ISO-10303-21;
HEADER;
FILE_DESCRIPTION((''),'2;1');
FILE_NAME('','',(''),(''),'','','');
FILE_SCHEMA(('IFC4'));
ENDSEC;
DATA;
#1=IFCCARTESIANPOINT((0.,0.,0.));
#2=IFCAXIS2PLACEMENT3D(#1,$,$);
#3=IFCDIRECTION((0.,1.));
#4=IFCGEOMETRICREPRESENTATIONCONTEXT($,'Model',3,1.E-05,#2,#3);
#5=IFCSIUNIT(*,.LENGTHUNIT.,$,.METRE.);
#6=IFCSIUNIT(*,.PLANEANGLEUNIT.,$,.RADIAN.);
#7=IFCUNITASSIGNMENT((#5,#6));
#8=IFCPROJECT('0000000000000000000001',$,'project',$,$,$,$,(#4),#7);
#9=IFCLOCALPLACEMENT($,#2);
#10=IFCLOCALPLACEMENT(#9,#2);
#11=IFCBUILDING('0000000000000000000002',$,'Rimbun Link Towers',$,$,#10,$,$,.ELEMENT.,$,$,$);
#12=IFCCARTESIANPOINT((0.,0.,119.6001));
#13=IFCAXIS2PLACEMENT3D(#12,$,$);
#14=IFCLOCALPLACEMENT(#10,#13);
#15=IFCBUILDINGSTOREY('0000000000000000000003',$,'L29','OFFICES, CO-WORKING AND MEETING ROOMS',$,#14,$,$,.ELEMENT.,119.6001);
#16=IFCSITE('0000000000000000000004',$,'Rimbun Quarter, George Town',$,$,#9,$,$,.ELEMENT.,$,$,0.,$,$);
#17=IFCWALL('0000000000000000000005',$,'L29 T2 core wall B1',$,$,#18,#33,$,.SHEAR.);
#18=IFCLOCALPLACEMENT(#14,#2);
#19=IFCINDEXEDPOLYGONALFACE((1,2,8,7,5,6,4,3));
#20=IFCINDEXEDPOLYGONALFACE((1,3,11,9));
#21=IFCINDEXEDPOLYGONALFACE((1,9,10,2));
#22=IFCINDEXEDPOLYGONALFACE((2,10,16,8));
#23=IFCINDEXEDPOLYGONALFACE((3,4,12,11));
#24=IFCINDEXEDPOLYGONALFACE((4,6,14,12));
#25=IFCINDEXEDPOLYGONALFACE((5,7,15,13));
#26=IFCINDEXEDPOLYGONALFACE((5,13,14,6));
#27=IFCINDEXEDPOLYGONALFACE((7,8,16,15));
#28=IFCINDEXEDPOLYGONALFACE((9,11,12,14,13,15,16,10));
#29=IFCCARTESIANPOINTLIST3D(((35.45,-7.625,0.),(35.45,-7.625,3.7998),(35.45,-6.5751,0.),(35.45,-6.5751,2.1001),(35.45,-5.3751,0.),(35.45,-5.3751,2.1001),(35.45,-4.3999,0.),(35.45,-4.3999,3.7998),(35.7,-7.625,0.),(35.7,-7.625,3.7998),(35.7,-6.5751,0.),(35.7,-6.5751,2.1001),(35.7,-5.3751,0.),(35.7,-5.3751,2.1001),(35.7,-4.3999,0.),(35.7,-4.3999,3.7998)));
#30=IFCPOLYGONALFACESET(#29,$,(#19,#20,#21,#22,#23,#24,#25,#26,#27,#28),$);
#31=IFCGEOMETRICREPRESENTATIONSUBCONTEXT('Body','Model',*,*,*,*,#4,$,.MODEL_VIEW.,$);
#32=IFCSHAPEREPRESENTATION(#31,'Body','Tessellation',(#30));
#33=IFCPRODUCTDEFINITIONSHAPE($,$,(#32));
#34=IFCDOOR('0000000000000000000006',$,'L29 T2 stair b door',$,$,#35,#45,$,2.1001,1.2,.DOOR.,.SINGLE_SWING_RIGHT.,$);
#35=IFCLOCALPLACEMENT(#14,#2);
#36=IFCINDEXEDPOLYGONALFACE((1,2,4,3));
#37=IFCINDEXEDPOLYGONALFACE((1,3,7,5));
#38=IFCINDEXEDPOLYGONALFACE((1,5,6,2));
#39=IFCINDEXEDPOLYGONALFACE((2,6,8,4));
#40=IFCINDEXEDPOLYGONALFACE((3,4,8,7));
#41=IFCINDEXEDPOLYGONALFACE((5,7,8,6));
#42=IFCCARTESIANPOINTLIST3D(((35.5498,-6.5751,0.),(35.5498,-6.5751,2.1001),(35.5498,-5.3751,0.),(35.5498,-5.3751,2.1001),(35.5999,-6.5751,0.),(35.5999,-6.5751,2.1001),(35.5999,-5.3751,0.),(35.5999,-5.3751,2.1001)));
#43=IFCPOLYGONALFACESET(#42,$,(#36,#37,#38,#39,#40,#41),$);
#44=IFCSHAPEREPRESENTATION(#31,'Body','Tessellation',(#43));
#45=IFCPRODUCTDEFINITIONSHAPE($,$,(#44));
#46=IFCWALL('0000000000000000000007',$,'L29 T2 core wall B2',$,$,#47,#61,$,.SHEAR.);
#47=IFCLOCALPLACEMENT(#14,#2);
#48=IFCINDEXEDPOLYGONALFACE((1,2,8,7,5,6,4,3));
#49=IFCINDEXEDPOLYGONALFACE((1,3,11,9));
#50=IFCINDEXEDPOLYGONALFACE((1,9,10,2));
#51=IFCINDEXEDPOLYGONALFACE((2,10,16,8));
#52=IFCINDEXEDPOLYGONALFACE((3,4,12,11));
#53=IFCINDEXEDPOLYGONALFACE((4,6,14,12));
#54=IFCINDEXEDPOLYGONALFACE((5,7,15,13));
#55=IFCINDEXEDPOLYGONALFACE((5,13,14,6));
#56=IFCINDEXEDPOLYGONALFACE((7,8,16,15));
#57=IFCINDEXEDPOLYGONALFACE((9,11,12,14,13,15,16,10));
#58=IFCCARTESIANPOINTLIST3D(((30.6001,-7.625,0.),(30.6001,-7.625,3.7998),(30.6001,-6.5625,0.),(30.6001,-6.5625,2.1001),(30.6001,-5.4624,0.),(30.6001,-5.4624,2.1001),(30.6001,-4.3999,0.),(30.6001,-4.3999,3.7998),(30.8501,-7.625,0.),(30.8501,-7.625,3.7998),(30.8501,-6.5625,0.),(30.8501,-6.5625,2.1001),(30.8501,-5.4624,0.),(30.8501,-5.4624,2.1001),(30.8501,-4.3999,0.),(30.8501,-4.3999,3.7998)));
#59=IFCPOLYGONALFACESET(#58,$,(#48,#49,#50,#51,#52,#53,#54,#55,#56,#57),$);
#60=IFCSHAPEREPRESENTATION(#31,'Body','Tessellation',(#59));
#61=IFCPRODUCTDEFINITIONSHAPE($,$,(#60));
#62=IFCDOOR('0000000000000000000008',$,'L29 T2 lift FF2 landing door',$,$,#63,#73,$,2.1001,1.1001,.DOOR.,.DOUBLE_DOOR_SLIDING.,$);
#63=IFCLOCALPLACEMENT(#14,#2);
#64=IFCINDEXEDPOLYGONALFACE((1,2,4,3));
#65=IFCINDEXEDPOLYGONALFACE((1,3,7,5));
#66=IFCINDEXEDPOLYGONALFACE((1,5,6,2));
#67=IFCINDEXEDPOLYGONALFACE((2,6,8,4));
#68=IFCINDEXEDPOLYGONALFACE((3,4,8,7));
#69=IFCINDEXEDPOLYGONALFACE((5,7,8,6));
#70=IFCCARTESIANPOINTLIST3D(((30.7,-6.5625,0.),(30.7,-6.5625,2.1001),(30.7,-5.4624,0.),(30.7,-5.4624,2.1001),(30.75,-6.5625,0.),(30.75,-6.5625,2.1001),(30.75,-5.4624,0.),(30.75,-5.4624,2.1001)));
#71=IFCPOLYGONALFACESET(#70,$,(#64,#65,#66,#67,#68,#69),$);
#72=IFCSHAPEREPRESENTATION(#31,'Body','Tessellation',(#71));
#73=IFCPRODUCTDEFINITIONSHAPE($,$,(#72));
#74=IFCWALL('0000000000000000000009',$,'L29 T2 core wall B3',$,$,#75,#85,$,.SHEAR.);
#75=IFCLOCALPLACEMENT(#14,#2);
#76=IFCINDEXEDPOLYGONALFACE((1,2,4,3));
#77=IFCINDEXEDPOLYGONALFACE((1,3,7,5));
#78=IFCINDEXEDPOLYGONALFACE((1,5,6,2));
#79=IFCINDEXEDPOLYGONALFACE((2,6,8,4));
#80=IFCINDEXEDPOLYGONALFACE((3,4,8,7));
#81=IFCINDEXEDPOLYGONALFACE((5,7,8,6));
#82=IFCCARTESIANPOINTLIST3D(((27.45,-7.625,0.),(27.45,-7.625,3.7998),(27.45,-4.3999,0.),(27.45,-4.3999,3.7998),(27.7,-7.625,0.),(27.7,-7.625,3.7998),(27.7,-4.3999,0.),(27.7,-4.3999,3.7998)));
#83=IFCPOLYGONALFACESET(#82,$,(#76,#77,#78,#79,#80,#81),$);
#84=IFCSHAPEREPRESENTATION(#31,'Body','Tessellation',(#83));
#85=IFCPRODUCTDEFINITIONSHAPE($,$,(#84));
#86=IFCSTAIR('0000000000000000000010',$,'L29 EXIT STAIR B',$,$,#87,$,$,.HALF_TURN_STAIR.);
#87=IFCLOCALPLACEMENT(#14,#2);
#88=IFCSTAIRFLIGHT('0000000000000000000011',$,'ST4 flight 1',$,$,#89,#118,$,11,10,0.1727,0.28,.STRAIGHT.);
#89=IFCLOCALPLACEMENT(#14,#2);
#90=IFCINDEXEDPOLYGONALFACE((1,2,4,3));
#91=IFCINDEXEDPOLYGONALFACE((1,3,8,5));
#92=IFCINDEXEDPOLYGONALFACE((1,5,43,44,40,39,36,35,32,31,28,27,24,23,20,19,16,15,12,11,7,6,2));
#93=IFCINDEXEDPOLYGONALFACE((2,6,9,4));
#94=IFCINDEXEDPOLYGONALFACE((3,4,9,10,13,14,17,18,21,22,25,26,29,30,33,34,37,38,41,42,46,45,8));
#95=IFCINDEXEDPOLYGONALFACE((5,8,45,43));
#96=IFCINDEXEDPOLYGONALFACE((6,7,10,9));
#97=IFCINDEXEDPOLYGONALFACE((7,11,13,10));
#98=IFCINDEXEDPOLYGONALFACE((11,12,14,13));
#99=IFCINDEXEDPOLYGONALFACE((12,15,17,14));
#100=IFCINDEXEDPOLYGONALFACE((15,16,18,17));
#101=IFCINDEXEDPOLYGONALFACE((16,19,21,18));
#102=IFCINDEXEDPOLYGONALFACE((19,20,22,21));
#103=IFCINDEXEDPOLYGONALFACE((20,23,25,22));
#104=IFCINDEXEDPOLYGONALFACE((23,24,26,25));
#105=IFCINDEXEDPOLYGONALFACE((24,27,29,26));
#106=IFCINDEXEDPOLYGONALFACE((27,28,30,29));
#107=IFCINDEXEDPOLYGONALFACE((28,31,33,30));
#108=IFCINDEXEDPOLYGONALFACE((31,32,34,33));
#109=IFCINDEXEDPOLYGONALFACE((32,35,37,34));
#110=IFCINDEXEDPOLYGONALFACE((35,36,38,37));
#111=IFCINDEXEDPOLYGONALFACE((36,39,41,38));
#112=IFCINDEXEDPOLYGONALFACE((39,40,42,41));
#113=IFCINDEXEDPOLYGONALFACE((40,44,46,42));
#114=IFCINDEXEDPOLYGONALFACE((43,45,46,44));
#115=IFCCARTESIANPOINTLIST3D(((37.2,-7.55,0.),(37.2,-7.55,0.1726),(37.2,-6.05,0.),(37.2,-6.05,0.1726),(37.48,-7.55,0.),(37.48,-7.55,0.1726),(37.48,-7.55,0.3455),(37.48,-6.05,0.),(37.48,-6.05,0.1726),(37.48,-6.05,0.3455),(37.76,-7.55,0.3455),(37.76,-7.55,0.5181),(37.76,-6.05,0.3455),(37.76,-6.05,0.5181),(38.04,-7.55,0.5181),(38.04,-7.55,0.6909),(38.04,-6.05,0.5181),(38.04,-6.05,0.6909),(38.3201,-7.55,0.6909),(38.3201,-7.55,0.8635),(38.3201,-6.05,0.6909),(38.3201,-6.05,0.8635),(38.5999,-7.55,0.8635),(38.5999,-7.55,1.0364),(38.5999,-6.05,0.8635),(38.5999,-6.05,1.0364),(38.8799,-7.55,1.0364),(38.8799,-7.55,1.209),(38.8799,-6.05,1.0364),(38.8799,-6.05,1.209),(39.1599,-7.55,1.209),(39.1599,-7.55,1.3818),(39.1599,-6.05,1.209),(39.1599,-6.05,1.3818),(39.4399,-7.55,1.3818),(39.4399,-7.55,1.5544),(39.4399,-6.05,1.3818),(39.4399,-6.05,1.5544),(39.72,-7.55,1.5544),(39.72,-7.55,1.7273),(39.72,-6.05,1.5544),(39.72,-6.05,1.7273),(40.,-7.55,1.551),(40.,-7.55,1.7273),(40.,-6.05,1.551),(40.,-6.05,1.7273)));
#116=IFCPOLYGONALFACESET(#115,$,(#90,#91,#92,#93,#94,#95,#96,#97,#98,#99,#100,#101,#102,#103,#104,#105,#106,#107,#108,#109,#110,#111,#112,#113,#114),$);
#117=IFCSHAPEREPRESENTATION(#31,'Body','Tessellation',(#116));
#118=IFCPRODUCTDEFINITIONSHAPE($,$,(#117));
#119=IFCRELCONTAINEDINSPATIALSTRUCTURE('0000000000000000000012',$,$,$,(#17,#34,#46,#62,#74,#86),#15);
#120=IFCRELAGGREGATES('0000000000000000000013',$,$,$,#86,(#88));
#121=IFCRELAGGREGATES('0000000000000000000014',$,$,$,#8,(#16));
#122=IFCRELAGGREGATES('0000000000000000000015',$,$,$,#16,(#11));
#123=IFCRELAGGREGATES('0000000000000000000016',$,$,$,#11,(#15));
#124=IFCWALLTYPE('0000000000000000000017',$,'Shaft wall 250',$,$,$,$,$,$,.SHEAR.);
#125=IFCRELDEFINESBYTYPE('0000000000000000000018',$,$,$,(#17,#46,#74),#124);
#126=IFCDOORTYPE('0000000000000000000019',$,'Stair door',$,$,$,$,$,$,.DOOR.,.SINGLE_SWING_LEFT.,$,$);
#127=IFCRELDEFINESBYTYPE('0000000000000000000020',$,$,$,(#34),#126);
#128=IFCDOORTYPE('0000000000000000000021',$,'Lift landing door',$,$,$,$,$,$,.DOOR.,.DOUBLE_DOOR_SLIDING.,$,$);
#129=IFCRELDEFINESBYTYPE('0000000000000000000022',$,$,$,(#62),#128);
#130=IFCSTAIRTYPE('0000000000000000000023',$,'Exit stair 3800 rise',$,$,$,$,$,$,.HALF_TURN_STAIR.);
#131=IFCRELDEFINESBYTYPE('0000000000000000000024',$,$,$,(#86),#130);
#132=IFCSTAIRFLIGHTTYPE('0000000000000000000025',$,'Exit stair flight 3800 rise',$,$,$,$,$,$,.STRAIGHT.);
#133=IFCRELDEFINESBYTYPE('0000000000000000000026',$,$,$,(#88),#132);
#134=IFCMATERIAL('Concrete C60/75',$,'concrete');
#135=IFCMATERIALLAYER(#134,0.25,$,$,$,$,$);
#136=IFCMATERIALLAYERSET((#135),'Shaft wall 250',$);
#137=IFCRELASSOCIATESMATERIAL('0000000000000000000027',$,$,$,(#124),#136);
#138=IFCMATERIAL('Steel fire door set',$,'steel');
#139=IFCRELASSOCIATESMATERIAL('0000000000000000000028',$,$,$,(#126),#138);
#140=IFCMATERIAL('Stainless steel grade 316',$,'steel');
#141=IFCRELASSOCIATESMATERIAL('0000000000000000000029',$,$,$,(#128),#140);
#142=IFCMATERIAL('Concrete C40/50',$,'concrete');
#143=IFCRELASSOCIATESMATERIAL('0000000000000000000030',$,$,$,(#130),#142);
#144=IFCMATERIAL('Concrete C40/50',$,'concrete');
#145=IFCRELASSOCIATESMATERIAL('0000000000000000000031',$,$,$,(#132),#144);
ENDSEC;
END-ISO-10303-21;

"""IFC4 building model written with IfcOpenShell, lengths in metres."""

from ifc_helpers import new_model, si_unit, direction, frame, frame_2d, origin, place, context, subcontext, project, spatial, polyline, rectangle, outline, extrude, material, layer, layer_set, type_object, element, fill, aggregate, save


model = new_model("IFC4")

# Units and contexts
model_context = context("Model", 3, precision=1e-05, world=origin(), true_north=direction((0.0, 1.0)))
body_context = subcontext(model_context, "Body", "Model", "MODEL_VIEW")
ifc_project = project(units=[si_unit("LENGTHUNIT", "METRE"), si_unit("PLANEANGLEUNIT", "RADIAN")], contexts=[model_context])

# Site, building, storey
site_placement = place(None, origin())
site = spatial("IfcSite", under=ifc_project, at=site_placement, Name="Rimbun Quarter, George Town", CompositionType="ELEMENT", RefElevation=0.0)
building_placement = place(site_placement, origin())
building = spatial("IfcBuilding", under=site, at=building_placement, Name="Rimbun Link Towers", CompositionType="ELEMENT")
storey_placement = place(building_placement, frame((0.0, 0.0, 119.6001)))
storey = spatial("IfcBuildingStorey", under=building, at=storey_placement, Name="L29", Description="OFFICES, CO-WORKING AND MEETING ROOMS", CompositionType="ELEMENT", Elevation=119.6001)

# Shared definitions
ifc_material_1 = material(Name="Concrete C60/75", Category="concrete")
ifc_layer = layer(ifc_material_1, 0.25)
ifc_layer_set = layer_set([ifc_layer], Name="Shaft wall 250")
wall_type = type_object("IfcWallType", Name="Shaft wall 250", PredefinedType="SHEAR", material=ifc_layer_set)

# Walls, openings, doors
wall_1_placement = place(storey_placement, frame((35.575, -4.3999, 0.0), z_axis=(0.0, 0.0, 1.0), x_axis=(0.0, -1.0, 0.0)))
wall_1 = element("IfcWall", 1, at=wall_1_placement, inside=storey, type_object=wall_type, Name="L29 T2 core wall B1", PredefinedType="SHEAR", context=body_context, shape_type="SweptSolid", body=[
    extrude(rectangle(XDim=3.2251, YDim=0.25, at=frame_2d((1.6125, 0.0))), origin(), (0.0, 0.0, 1.0), 3.7998),
])
opening_1_placement = place(wall_1_placement, frame((0.9751, 0.0, 0.0)))
opening_1 = element("IfcOpeningElement", 2, at=opening_1_placement, cuts=wall_1, PredefinedType="OPENING", context=body_context, shape_type="SweptSolid", body=[
    extrude(rectangle(XDim=1.2, YDim=2.1001, at=frame_2d((0.6001, 1.05))), frame((0.0, 0.135, 0.0), z_axis=(0.0, -1.0, 0.0), x_axis=(1.0, 0.0, 0.0)), (0.0, 0.0, 1.0), 0.27),
])
ifc_material_2 = material(Name="Steel fire door set", Category="steel")
door_type_1 = type_object("IfcDoorType", Name="Stair door", OperationType="SINGLE_SWING_LEFT", PredefinedType="DOOR", material=ifc_material_2)
door_1_placement = place(opening_1_placement, origin())
door_1 = element("IfcDoor", 3, at=door_1_placement, inside=storey, type_object=door_type_1, Name="L29 T2 stair b door", OperationType="SINGLE_SWING_RIGHT", OverallHeight=2.1001, OverallWidth=1.2, PredefinedType="DOOR", context=body_context, shape_type="SweptSolid", body=[
    extrude(rectangle(XDim=1.2, YDim=2.1001, at=frame_2d((0.6001, 1.05))), frame((0.0, 0.0249, 0.0), z_axis=(0.0, -1.0, 0.0), x_axis=(1.0, 0.0, 0.0)), (0.0, 0.0, 1.0), 0.05),
])
fill(opening_1, door_1)
wall_2_placement = place(storey_placement, frame((30.7251, -4.3999, 0.0), z_axis=(0.0, 0.0, 1.0), x_axis=(0.0, -1.0, 0.0)))
wall_2 = element("IfcWall", 4, at=wall_2_placement, inside=storey, type_object=wall_type, Name="L29 T2 core wall B2", PredefinedType="SHEAR", context=body_context, shape_type="SweptSolid", body=[
    extrude(rectangle(XDim=3.2251, YDim=0.25, at=frame_2d((1.6125, 0.0))), origin(), (0.0, 0.0, 1.0), 3.7998),
])
opening_2_placement = place(wall_2_placement, frame((1.0625, 0.0, 0.0)))
opening_2 = element("IfcOpeningElement", 5, at=opening_2_placement, cuts=wall_2, PredefinedType="OPENING", context=body_context, shape_type="SweptSolid", body=[
    extrude(rectangle(XDim=1.1001, YDim=2.1001, at=frame_2d((0.55, 1.05))), frame((0.0, 0.135, 0.0), z_axis=(0.0, -1.0, 0.0), x_axis=(1.0, 0.0, 0.0)), (0.0, 0.0, 1.0), 0.27),
])
ifc_material_3 = material(Name="Stainless steel grade 316", Category="steel")
door_type_2 = type_object("IfcDoorType", Name="Lift landing door", OperationType="DOUBLE_DOOR_SLIDING", PredefinedType="DOOR", material=ifc_material_3)
door_2_placement = place(opening_2_placement, origin())
door_2 = element("IfcDoor", 6, at=door_2_placement, inside=storey, type_object=door_type_2, Name="L29 T2 lift FF2 landing door", OperationType="DOUBLE_DOOR_SLIDING", OverallHeight=2.1001, OverallWidth=1.1001, PredefinedType="DOOR", context=body_context, shape_type="SweptSolid", body=[
    extrude(rectangle(XDim=1.1001, YDim=2.1001, at=frame_2d((0.55, 1.05))), frame((0.0, 0.0249, 0.0), z_axis=(0.0, -1.0, 0.0), x_axis=(1.0, 0.0, 0.0)), (0.0, 0.0, 1.0), 0.05),
])
fill(opening_2, door_2)

# Wall
wall_3_placement = place(storey_placement, frame((27.575, -4.3999, 0.0), z_axis=(0.0, 0.0, 1.0), x_axis=(0.0, -1.0, 0.0)))
element("IfcWall", 7, at=wall_3_placement, inside=storey, type_object=wall_type, Name="L29 T2 core wall B3", PredefinedType="SHEAR", context=body_context, shape_type="SweptSolid", body=[
    extrude(rectangle(XDim=3.2251, YDim=0.25, at=frame_2d((1.6125, 0.0))), origin(), (0.0, 0.0, 1.0), 3.7998),
])

# Stair, stair flight
ifc_material_4 = material(Name="Concrete C40/50", Category="concrete")
stair_type = type_object("IfcStairType", Name="Exit stair 3800 rise", PredefinedType="HALF_TURN_STAIR", material=ifc_material_4)
stair_placement = place(storey_placement, origin())
stair = element("IfcStair", 8, at=stair_placement, inside=storey, type_object=stair_type, Name="L29 EXIT STAIR B", PredefinedType="HALF_TURN_STAIR")
ifc_material_5 = material(Name="Concrete C40/50", Category="concrete")
stair_flight_type = type_object("IfcStairFlightType", Name="Exit stair flight 3800 rise", PredefinedType="STRAIGHT", material=ifc_material_5)
stair_flight_placement = place(storey_placement, frame((37.2, -6.8, 0.0), z_axis=(0.0, 0.0, 1.0), x_axis=(1.0, 0.0, 0.0)))
stair_flight = element("IfcStairFlight", 9, at=stair_flight_placement, type_object=stair_flight_type, Name="ST4 flight 1", NumberOfRisers=11, NumberOfTreads=10, PredefinedType="STRAIGHT", RiserHeight=0.1727, TreadLength=0.28, context=body_context, shape_type="SweptSolid", body=[
    extrude(outline(polyline([(0.0, 0.0), (0.0, 0.1726), (0.28, 0.1726), (0.28, 0.3455), (0.5601, 0.3455), (0.5601, 0.5181), (0.8401, 0.5181), (0.8401, 0.6909), (1.1201, 0.6909), (1.1201, 0.8635), (1.3999, 0.8635), (1.3999, 1.0364), (1.6799, 1.0364), (1.6799, 1.209), (1.96, 1.209), (1.96, 1.3818), (2.24, 1.3818), (2.24, 1.5544), (2.52, 1.5544), (2.52, 1.7273), (2.8, 1.7273), (2.8, 1.8999), (2.8, 1.551), (0.28, 0.0), (0.0, 0.0)])), frame((0.0, 0.75, 0.0), z_axis=(0.0, -1.0, 0.0), x_axis=(1.0, 0.0, 0.0)), (0.0, 0.0, 1.0), 1.5),
])
aggregate(stair, [stair_flight])

save(model, "model.ifc")
